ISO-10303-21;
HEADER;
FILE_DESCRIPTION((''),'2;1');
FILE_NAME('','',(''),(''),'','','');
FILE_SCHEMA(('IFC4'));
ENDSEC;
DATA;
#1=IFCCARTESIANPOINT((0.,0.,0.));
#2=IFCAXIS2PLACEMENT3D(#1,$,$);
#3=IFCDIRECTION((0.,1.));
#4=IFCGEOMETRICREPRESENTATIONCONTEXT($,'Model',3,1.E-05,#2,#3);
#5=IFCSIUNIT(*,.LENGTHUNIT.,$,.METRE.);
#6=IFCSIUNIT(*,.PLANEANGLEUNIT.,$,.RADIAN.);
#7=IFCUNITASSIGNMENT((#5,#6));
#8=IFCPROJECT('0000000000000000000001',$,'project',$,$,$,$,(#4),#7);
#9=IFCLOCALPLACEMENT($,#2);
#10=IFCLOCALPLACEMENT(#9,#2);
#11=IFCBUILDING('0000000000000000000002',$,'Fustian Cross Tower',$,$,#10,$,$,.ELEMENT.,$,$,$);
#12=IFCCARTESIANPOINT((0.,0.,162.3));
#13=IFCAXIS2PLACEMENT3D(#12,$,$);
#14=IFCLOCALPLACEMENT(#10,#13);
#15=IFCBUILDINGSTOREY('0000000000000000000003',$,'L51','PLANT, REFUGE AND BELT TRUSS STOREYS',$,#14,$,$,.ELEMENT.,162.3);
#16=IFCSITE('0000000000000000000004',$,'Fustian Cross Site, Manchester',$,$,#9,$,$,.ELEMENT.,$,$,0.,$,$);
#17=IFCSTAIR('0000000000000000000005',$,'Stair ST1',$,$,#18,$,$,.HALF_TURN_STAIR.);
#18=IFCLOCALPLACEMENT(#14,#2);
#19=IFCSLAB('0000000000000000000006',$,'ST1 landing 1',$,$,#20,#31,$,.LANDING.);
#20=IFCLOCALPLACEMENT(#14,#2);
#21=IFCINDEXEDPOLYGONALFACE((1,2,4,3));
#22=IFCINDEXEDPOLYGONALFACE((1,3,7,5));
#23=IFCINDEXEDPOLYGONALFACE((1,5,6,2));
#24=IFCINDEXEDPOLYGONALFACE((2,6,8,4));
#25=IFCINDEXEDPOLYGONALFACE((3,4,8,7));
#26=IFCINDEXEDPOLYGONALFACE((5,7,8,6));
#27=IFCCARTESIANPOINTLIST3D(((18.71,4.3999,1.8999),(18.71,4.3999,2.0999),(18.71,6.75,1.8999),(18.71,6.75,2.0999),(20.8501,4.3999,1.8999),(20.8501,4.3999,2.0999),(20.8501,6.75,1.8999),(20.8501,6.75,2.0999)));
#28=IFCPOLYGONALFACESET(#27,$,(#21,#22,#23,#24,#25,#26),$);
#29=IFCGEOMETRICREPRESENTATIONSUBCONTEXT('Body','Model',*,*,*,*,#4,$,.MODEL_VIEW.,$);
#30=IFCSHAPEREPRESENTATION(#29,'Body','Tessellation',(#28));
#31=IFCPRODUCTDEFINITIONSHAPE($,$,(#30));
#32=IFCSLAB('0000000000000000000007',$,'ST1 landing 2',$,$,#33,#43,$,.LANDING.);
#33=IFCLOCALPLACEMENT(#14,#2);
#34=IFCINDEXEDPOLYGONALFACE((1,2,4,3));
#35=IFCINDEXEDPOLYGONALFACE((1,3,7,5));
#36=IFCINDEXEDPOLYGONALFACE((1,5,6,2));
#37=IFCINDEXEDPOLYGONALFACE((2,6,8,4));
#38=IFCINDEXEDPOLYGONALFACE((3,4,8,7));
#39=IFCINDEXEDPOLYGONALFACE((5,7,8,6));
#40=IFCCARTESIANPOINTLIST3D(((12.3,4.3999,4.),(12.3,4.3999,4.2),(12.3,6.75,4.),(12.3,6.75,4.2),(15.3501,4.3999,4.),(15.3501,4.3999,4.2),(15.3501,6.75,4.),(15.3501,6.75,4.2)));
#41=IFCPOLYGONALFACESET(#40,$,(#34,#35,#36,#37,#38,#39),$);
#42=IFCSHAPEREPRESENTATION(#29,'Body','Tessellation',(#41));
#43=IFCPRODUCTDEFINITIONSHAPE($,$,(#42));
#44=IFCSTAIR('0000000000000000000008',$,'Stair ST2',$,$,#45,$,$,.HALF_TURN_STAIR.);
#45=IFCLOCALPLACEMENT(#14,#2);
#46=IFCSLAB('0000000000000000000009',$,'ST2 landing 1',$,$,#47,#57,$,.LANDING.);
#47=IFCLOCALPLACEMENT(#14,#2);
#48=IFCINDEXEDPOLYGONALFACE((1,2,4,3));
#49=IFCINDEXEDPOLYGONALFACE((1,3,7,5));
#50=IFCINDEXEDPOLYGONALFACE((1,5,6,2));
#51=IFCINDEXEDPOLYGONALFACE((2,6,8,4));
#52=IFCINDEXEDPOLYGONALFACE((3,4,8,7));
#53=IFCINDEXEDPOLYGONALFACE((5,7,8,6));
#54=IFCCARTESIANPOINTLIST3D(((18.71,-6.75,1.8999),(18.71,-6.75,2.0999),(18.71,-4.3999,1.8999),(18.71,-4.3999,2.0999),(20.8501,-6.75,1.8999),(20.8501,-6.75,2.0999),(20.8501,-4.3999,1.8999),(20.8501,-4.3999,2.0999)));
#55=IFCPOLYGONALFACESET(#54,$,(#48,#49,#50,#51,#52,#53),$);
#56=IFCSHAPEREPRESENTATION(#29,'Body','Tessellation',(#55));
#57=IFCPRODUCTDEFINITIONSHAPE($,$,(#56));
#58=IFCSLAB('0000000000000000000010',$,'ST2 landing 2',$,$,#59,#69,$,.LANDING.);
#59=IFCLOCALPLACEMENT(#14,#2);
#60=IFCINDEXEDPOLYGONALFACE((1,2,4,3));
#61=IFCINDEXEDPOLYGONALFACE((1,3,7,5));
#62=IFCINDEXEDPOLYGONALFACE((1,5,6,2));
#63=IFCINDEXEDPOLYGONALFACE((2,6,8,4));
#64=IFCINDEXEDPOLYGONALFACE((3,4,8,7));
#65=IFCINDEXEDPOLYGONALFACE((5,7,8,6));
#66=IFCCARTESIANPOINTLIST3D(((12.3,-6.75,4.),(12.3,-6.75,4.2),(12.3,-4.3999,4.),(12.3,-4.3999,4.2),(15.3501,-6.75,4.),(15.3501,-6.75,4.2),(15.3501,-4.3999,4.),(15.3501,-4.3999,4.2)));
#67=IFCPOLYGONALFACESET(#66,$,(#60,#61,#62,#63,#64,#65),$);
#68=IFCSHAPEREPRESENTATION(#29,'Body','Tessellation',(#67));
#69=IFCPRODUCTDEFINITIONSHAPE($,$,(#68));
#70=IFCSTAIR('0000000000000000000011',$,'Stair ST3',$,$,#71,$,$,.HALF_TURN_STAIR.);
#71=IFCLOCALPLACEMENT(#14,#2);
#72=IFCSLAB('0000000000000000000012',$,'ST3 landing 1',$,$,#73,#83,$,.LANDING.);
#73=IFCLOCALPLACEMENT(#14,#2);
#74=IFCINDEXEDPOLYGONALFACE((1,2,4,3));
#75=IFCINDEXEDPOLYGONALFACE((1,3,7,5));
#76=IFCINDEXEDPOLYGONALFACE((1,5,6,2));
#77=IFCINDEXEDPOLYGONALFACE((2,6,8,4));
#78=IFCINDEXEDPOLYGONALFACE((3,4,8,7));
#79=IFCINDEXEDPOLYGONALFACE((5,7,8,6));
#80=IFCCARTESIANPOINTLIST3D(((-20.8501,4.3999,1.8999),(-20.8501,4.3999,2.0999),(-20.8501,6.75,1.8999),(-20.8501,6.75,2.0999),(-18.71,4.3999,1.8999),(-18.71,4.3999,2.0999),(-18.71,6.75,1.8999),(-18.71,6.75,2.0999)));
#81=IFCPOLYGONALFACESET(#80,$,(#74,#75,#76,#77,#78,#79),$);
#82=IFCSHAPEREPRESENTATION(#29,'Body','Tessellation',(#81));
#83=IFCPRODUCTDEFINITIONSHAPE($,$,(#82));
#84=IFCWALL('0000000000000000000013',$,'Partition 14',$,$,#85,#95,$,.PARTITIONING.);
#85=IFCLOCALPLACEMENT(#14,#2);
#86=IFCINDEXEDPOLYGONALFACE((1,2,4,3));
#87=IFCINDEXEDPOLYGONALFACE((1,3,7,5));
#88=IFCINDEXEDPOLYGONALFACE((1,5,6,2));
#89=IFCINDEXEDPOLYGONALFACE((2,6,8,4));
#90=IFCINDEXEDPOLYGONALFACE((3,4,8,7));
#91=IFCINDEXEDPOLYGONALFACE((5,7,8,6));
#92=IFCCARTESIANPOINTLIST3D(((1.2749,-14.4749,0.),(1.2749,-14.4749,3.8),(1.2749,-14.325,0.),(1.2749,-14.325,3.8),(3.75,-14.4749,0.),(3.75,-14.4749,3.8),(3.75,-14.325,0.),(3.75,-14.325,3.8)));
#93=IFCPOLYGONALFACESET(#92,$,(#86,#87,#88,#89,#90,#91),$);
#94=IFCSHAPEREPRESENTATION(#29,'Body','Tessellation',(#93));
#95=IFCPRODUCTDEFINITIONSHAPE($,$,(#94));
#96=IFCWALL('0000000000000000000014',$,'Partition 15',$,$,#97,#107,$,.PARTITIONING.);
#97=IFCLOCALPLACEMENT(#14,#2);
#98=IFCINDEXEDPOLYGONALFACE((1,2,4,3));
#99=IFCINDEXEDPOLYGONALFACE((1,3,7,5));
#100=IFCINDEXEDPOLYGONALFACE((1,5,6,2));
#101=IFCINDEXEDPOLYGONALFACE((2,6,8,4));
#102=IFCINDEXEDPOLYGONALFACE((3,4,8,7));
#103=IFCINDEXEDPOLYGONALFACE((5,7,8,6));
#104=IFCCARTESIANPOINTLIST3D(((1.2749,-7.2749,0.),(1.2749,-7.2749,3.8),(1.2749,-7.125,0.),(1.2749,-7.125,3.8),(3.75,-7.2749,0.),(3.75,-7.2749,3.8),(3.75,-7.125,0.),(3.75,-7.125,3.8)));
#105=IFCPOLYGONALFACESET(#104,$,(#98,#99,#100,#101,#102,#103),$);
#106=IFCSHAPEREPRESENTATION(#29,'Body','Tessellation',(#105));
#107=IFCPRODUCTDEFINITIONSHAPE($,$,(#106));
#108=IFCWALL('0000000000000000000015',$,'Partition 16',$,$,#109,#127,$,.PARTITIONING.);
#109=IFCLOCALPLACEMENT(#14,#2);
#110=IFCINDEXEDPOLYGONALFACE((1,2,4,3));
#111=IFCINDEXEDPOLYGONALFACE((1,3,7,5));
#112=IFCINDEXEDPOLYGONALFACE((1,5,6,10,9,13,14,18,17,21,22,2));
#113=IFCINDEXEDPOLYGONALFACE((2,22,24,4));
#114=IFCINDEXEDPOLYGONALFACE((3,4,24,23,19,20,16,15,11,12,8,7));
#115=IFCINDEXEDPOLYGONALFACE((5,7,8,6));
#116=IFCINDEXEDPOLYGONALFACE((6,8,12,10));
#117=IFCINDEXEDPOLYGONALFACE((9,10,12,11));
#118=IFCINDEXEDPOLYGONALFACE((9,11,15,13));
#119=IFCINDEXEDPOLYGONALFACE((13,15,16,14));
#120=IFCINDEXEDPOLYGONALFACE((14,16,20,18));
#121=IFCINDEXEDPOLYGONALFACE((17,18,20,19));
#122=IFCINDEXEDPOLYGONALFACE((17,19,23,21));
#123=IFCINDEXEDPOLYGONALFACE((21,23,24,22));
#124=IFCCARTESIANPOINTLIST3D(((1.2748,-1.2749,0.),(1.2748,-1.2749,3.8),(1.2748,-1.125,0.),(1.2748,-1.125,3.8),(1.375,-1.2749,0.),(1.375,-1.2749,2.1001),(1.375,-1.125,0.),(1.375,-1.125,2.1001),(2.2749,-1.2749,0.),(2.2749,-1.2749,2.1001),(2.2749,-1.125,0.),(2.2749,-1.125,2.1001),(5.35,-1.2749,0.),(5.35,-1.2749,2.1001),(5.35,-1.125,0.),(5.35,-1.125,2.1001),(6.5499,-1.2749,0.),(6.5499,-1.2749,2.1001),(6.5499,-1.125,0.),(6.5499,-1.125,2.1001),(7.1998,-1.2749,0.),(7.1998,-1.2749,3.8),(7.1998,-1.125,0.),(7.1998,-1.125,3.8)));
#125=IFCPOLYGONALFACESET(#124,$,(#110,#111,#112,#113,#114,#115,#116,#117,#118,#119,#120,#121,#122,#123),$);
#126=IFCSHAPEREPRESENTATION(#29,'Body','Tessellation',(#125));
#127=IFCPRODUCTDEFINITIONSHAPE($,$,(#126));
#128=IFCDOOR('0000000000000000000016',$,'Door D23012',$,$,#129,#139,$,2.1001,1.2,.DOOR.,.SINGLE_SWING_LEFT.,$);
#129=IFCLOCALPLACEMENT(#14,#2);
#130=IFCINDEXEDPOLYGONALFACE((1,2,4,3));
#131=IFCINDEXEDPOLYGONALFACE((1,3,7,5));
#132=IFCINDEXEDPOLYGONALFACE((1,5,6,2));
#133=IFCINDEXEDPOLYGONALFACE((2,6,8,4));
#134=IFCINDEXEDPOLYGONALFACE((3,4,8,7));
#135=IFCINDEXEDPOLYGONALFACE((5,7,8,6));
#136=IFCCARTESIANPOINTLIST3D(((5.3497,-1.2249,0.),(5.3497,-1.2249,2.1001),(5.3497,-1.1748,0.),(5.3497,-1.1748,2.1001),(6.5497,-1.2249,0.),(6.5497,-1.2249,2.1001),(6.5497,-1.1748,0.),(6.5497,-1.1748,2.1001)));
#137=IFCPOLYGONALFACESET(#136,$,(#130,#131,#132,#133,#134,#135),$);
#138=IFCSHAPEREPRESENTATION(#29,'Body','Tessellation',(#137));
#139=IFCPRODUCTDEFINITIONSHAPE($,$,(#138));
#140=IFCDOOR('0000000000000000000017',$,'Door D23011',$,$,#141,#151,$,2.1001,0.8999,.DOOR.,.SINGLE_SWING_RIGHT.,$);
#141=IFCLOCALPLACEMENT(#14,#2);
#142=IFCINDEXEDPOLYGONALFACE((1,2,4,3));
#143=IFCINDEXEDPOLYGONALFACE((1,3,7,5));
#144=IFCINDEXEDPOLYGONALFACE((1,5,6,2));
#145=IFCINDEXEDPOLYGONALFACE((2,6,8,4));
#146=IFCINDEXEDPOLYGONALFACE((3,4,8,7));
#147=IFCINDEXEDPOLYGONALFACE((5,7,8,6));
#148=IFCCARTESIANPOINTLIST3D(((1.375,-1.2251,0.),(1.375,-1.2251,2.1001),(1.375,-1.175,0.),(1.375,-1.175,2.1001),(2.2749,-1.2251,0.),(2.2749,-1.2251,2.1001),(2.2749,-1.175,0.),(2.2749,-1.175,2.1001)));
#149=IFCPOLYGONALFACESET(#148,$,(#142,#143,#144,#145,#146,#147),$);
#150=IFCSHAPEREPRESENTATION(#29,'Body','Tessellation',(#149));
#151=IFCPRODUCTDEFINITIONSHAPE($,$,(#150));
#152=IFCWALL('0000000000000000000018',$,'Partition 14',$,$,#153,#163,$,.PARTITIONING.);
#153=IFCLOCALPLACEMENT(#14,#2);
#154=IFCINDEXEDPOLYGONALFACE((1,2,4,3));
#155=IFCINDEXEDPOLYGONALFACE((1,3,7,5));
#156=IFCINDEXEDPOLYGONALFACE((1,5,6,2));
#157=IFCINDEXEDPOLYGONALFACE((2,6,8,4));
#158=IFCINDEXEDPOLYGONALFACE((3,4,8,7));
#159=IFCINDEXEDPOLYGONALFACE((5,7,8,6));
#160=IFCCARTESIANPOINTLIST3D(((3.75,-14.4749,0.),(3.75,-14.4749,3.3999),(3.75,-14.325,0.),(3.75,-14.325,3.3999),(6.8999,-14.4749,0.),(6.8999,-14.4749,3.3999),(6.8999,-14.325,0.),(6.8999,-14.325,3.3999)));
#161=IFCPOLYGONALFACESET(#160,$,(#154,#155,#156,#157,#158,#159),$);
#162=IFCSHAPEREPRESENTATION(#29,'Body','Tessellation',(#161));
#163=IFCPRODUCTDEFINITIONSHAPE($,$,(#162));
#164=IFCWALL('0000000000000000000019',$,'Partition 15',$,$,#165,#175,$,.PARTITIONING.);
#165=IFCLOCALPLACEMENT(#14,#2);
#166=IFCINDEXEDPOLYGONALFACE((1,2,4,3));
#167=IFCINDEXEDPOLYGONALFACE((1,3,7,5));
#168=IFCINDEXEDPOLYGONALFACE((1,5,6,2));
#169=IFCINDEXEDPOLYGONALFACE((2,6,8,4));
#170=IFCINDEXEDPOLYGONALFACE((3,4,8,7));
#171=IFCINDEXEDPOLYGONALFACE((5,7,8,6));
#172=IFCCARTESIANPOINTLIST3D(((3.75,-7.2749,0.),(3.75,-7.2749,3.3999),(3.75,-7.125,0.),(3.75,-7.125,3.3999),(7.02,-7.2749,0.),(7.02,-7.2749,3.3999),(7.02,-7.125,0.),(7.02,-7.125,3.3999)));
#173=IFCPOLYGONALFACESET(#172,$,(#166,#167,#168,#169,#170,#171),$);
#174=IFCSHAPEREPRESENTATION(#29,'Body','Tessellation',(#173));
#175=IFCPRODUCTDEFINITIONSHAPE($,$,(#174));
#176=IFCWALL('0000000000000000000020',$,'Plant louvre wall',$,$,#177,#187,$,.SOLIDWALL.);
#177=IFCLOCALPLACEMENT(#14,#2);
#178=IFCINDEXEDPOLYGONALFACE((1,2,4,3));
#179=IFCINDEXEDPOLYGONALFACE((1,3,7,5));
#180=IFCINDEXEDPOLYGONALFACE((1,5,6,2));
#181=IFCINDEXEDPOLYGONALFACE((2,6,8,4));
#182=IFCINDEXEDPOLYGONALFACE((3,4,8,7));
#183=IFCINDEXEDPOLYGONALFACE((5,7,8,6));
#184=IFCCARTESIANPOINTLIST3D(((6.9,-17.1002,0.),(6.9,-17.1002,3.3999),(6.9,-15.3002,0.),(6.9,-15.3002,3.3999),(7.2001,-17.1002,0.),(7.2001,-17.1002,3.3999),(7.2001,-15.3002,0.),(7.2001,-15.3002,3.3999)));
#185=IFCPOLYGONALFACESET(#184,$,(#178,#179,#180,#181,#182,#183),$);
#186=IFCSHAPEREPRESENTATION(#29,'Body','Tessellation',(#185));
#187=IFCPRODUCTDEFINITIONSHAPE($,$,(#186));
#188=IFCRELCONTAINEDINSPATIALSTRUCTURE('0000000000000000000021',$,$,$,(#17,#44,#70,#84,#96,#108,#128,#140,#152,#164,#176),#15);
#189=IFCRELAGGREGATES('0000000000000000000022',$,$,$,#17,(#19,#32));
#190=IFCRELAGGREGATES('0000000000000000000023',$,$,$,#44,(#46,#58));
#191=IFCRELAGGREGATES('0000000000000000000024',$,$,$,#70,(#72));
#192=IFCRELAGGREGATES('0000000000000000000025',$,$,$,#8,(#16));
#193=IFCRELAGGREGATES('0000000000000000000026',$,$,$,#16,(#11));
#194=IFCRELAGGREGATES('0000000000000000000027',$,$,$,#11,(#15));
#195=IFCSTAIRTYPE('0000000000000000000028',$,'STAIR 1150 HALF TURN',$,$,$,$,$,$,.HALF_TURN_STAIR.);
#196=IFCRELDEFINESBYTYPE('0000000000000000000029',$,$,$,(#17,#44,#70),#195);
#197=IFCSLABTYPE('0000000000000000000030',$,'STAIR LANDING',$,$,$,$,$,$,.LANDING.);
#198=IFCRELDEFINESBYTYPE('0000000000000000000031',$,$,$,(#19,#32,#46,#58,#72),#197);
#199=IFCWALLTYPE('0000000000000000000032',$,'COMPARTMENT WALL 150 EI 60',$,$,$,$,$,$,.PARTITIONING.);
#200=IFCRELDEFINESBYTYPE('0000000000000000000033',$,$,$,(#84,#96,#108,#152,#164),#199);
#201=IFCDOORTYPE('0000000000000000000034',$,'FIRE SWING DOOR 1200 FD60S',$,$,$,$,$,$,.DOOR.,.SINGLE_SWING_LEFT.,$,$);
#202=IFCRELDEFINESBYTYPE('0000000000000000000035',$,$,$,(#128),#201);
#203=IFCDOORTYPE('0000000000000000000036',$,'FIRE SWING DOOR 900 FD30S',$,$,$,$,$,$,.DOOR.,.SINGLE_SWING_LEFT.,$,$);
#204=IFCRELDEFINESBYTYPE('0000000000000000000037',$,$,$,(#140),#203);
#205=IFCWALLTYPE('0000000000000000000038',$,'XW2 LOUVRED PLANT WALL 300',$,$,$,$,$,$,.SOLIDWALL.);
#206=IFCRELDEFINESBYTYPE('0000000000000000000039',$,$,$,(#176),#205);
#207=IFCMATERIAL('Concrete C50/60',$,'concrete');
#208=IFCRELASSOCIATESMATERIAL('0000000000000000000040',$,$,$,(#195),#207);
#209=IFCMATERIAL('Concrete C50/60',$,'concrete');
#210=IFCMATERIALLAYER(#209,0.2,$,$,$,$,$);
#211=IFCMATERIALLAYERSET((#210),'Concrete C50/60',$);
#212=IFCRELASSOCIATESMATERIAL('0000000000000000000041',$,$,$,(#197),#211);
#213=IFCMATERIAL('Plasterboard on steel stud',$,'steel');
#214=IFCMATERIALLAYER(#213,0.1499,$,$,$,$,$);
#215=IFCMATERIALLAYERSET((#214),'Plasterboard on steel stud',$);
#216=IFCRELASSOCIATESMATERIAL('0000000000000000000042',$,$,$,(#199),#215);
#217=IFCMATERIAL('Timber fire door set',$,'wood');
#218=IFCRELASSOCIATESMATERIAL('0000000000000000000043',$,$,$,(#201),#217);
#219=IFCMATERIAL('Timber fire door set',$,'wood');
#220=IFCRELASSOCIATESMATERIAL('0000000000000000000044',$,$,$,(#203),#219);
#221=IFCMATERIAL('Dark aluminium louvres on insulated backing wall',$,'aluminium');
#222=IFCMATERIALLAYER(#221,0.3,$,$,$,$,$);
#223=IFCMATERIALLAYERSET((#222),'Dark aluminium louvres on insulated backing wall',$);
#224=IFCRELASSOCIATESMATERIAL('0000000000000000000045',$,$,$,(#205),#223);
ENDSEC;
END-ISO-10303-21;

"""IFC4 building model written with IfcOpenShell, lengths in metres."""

from ifc_helpers import new_model, si_unit, direction, frame, frame_2d, origin, place, context, subcontext, project, spatial, polyline, rectangle, outline, extrude, material, layer, layer_set, type_object, element, fill, aggregate, save


model = new_model("IFC4")

# Units and contexts
model_context = context("Model", 3, precision=1e-05, world=origin(), true_north=direction((0.0, 1.0)))
body_context = subcontext(model_context, "Body", "Model", "MODEL_VIEW")
ifc_project = project(units=[si_unit("LENGTHUNIT", "METRE"), si_unit("PLANEANGLEUNIT", "RADIAN")], contexts=[model_context])

# Site, building, storey
site_placement = place(None, origin())
site = spatial("IfcSite", under=ifc_project, at=site_placement, Name="Fustian Cross Site, Manchester", CompositionType="ELEMENT", RefElevation=0.0)
building_placement = place(site_placement, origin())
building = spatial("IfcBuilding", under=site, at=building_placement, Name="Fustian Cross Tower", CompositionType="ELEMENT")
storey_placement = place(building_placement, frame((0.0, 0.0, 162.3)))
storey = spatial("IfcBuildingStorey", under=building, at=storey_placement, Name="L51", Description="PLANT, REFUGE AND BELT TRUSS STOREYS", CompositionType="ELEMENT", Elevation=162.3)

# Stairs, slabs
ifc_material_1 = material(Name="Concrete C50/60", Category="concrete")
stair_type = type_object("IfcStairType", Name="STAIR 1150 HALF TURN", PredefinedType="HALF_TURN_STAIR", material=ifc_material_1)
stair_1_placement = place(storey_placement, origin())
stair_1 = element("IfcStair", 1, at=stair_1_placement, inside=storey, type_object=stair_type, Name="Stair ST1", PredefinedType="HALF_TURN_STAIR")
ifc_material_2 = material(Name="Concrete C50/60", Category="concrete")
ifc_layer_1 = layer(ifc_material_2, 0.2)
ifc_layer_set_1 = layer_set([ifc_layer_1], Name="Concrete C50/60")
slab_type_1 = type_object("IfcSlabType", Name="STAIR LANDING", PredefinedType="LANDING", material=ifc_layer_set_1)
slab_1_placement = place(storey_placement, frame((0.0, 0.0, 1.8999)))
slab_1 = element("IfcSlab", 2, at=slab_1_placement, type_object=slab_type_1, Name="ST1 landing 1", PredefinedType="LANDING", context=body_context, shape_type="SweptSolid", body=[
    extrude(outline(polyline([(18.71, 4.3999), (20.8501, 4.3999), (20.8501, 6.75), (18.71, 6.75), (18.71, 4.3999)])), origin(), (0.0, 0.0, 1.0), 0.2),
])
slab_2_placement = place(storey_placement, frame((0.0, 0.0, 4.0)))
slab_2 = element("IfcSlab", 3, at=slab_2_placement, type_object=slab_type_1, Name="ST1 landing 2", PredefinedType="LANDING", context=body_context, shape_type="SweptSolid", body=[
    extrude(outline(polyline([(12.3, 4.3999), (15.3501, 4.3999), (15.3501, 6.75), (12.3, 6.75), (12.3, 4.3999)])), origin(), (0.0, 0.0, 1.0), 0.2),
])
aggregate(stair_1, [slab_1, slab_2])
stair_2_placement = place(storey_placement, origin())
stair_2 = element("IfcStair", 4, at=stair_2_placement, inside=storey, type_object=stair_type, Name="Stair ST2", PredefinedType="HALF_TURN_STAIR")
slab_3_placement = place(storey_placement, frame((0.0, 0.0, 1.8999)))
slab_3 = element("IfcSlab", 5, at=slab_3_placement, type_object=slab_type_1, Name="ST2 landing 1", PredefinedType="LANDING", context=body_context, shape_type="SweptSolid", body=[
    extrude(outline(polyline([(18.71, -4.3999), (20.8501, -4.3999), (20.8501, -6.75), (18.71, -6.75), (18.71, -4.3999)])), origin(), (0.0, 0.0, 1.0), 0.2),
])
slab_4_placement = place(storey_placement, frame((0.0, 0.0, 4.0)))
slab_4 = element("IfcSlab", 6, at=slab_4_placement, type_object=slab_type_1, Name="ST2 landing 2", PredefinedType="LANDING", context=body_context, shape_type="SweptSolid", body=[
    extrude(outline(polyline([(12.3, -4.3999), (15.3501, -4.3999), (15.3501, -6.75), (12.3, -6.75), (12.3, -4.3999)])), origin(), (0.0, 0.0, 1.0), 0.2),
])
aggregate(stair_2, [slab_3, slab_4])

# Stair, slab
stair_3_placement = place(storey_placement, origin())
stair_3 = element("IfcStair", 7, at=stair_3_placement, inside=storey, type_object=stair_type, Name="Stair ST3", PredefinedType="HALF_TURN_STAIR")
slab_5_placement = place(storey_placement, frame((0.0, 0.0, 1.8999)))
slab_5 = element("IfcSlab", 8, at=slab_5_placement, type_object=slab_type_1, Name="ST3 landing 1", PredefinedType="LANDING", context=body_context, shape_type="SweptSolid", body=[
    extrude(outline(polyline([(-18.71, 4.3999), (-20.8501, 4.3999), (-20.8501, 6.75), (-18.71, 6.75), (-18.71, 4.3999)])), origin(), (0.0, 0.0, 1.0), 0.2),
])
aggregate(stair_3, [slab_5])

# Walls
ifc_material_3 = material(Name="Plasterboard on steel stud", Category="steel")
ifc_layer_2 = layer(ifc_material_3, 0.1499)
ifc_layer_set_2 = layer_set([ifc_layer_2], Name="Plasterboard on steel stud")
wall_type_1 = type_object("IfcWallType", Name="COMPARTMENT WALL 150 EI 60", PredefinedType="PARTITIONING", material=ifc_layer_set_2)
for number, where, z_axis, x_axis, name in (
    (9, (1.2749, -14.3999, 0.0), (0.0, 0.0, 1.0), (1.0, 0.0, 0.0), "Partition 14"),
    (10, (1.2749, -7.2, 0.0), (0.0, 0.0, 1.0), (1.0, 0.0, 0.0), "Partition 15"),
):
    element("IfcWall", number, at=place(storey_placement, frame(where, z_axis=z_axis, x_axis=x_axis)), inside=storey, type_object=wall_type_1, Name=name, PredefinedType="PARTITIONING", context=body_context, shape_type="SweptSolid", body=[
        extrude(rectangle(XDim=2.4751, YDim=0.1499, at=frame_2d((1.2375, 0.0))), origin(), (0.0, 0.0, 1.0), 3.8),
    ])

# Wall, openings, doors
wall_1_placement = place(storey_placement, frame((1.2749, -1.2, 0.0), z_axis=(0.0, 0.0, 1.0), x_axis=(1.0, 0.0, 0.0)))
wall_1 = element("IfcWall", 11, at=wall_1_placement, inside=storey, type_object=wall_type_1, Name="Partition 16", PredefinedType="PARTITIONING", context=body_context, shape_type="SweptSolid", body=[
    extrude(rectangle(XDim=5.925, YDim=0.1499, at=frame_2d((2.9624, 0.0))), origin(), (0.0, 0.0, 1.0), 3.8),
])
opening_1_placement = place(wall_1_placement, frame((0.1001, 0.0, 0.0)))
opening_1 = element("IfcOpeningElement", 12, at=opening_1_placement, cuts=wall_1, PredefinedType="OPENING", context=body_context, shape_type="SweptSolid", body=[
    extrude(rectangle(XDim=0.8999, YDim=2.1001, at=frame_2d((0.45, 1.05))), frame((0.0, 0.085, 0.0), z_axis=(0.0, -1.0, 0.0), x_axis=(1.0, 0.0, 0.0)), (0.0, 0.0, 1.0), 0.1699),
])
opening_2_placement = place(wall_1_placement, frame((4.075, 0.0, 0.0)))
opening_2 = element("IfcOpeningElement", 13, at=opening_2_placement, cuts=wall_1, PredefinedType="OPENING", context=body_context, shape_type="SweptSolid", body=[
    extrude(rectangle(XDim=1.2, YDim=2.1001, at=frame_2d((0.6001, 1.05))), frame((0.0, 0.085, 0.0), z_axis=(0.0, -1.0, 0.0), x_axis=(1.0, 0.0, 0.0)), (0.0, 0.0, 1.0), 0.1699),
])
ifc_material_4 = material(Name="Timber fire door set", Category="wood")
door_type_1 = type_object("IfcDoorType", Name="FIRE SWING DOOR 1200 FD60S", OperationType="SINGLE_SWING_LEFT", PredefinedType="DOOR", material=ifc_material_4)
door_1_placement = place(opening_2_placement, frame((1.2, 0.0, 0.0), z_axis=(0.0, 0.0, 1.0), x_axis=(-1.0, 0.0, 0.0)))
door_1 = element("IfcDoor", 14, at=door_1_placement, inside=storey, type_object=door_type_1, Name="Door D23012", OperationType="SINGLE_SWING_LEFT", OverallHeight=2.1001, OverallWidth=1.2, PredefinedType="DOOR", context=body_context, shape_type="SweptSolid", body=[
    extrude(rectangle(XDim=1.2, YDim=2.1001, at=frame_2d((0.6001, 1.05))), frame((0.0, 0.0249, 0.0), z_axis=(0.0, -1.0, 0.0), x_axis=(1.0, 0.0, 0.0)), (0.0, 0.0, 1.0), 0.05),
])
fill(opening_2, door_1)
ifc_material_5 = material(Name="Timber fire door set", Category="wood")
door_type_2 = type_object("IfcDoorType", Name="FIRE SWING DOOR 900 FD30S", OperationType="SINGLE_SWING_LEFT", PredefinedType="DOOR", material=ifc_material_5)
door_2_placement = place(opening_1_placement, origin())
door_2 = element("IfcDoor", 15, at=door_2_placement, inside=storey, type_object=door_type_2, Name="Door D23011", OperationType="SINGLE_SWING_RIGHT", OverallHeight=2.1001, OverallWidth=0.8999, PredefinedType="DOOR", context=body_context, shape_type="SweptSolid", body=[
    extrude(rectangle(XDim=0.8999, YDim=2.1001, at=frame_2d((0.45, 1.05))), frame((0.0, 0.0249, 0.0), z_axis=(0.0, -1.0, 0.0), x_axis=(1.0, 0.0, 0.0)), (0.0, 0.0, 1.0), 0.05),
])
fill(opening_1, door_2)

# Walls
wall_2_placement = place(storey_placement, frame((3.75, -14.3999, 0.0), z_axis=(0.0, 0.0, 1.0), x_axis=(1.0, 0.0, 0.0)))
element("IfcWall", 16, at=wall_2_placement, inside=storey, type_object=wall_type_1, Name="Partition 14", PredefinedType="PARTITIONING", context=body_context, shape_type="SweptSolid", body=[
    extrude(rectangle(XDim=3.1499, YDim=0.1499, at=frame_2d((1.575, 0.0))), origin(), (0.0, 0.0, 1.0), 3.3999),
])
wall_3_placement = place(storey_placement, frame((3.75, -7.2, 0.0), z_axis=(0.0, 0.0, 1.0), x_axis=(1.0, 0.0, 0.0)))
element("IfcWall", 17, at=wall_3_placement, inside=storey, type_object=wall_type_1, Name="Partition 15", PredefinedType="PARTITIONING", context=body_context, shape_type="SweptSolid", body=[
    extrude(rectangle(XDim=3.27, YDim=0.1499, at=frame_2d((1.635, 0.0))), origin(), (0.0, 0.0, 1.0), 3.3999),
])
ifc_material_6 = material(Name="Dark aluminium louvres on insulated backing wall", Category="aluminium")
ifc_layer_3 = layer(ifc_material_6, 0.3)
ifc_layer_set_3 = layer_set([ifc_layer_3], Name="Dark aluminium louvres on insulated backing wall")
wall_type_2 = type_object("IfcWallType", Name="XW2 LOUVRED PLANT WALL 300", PredefinedType="SOLIDWALL", material=ifc_layer_set_3)
wall_4_placement = place(storey_placement, frame((7.05, -17.1001, 0.0), z_axis=(0.0, 0.0, 1.0), x_axis=(0.0, 1.0, 0.0)))
element("IfcWall", 18, at=wall_4_placement, inside=storey, type_object=wall_type_2, Name="Plant louvre wall", PredefinedType="SOLIDWALL", context=body_context, shape_type="SweptSolid", body=[
    extrude(rectangle(XDim=1.8, YDim=0.3, at=frame_2d((0.8999, 0.0))), origin(), (0.0, 0.0, 1.0), 3.3999),
])

save(model, "model.ifc")
